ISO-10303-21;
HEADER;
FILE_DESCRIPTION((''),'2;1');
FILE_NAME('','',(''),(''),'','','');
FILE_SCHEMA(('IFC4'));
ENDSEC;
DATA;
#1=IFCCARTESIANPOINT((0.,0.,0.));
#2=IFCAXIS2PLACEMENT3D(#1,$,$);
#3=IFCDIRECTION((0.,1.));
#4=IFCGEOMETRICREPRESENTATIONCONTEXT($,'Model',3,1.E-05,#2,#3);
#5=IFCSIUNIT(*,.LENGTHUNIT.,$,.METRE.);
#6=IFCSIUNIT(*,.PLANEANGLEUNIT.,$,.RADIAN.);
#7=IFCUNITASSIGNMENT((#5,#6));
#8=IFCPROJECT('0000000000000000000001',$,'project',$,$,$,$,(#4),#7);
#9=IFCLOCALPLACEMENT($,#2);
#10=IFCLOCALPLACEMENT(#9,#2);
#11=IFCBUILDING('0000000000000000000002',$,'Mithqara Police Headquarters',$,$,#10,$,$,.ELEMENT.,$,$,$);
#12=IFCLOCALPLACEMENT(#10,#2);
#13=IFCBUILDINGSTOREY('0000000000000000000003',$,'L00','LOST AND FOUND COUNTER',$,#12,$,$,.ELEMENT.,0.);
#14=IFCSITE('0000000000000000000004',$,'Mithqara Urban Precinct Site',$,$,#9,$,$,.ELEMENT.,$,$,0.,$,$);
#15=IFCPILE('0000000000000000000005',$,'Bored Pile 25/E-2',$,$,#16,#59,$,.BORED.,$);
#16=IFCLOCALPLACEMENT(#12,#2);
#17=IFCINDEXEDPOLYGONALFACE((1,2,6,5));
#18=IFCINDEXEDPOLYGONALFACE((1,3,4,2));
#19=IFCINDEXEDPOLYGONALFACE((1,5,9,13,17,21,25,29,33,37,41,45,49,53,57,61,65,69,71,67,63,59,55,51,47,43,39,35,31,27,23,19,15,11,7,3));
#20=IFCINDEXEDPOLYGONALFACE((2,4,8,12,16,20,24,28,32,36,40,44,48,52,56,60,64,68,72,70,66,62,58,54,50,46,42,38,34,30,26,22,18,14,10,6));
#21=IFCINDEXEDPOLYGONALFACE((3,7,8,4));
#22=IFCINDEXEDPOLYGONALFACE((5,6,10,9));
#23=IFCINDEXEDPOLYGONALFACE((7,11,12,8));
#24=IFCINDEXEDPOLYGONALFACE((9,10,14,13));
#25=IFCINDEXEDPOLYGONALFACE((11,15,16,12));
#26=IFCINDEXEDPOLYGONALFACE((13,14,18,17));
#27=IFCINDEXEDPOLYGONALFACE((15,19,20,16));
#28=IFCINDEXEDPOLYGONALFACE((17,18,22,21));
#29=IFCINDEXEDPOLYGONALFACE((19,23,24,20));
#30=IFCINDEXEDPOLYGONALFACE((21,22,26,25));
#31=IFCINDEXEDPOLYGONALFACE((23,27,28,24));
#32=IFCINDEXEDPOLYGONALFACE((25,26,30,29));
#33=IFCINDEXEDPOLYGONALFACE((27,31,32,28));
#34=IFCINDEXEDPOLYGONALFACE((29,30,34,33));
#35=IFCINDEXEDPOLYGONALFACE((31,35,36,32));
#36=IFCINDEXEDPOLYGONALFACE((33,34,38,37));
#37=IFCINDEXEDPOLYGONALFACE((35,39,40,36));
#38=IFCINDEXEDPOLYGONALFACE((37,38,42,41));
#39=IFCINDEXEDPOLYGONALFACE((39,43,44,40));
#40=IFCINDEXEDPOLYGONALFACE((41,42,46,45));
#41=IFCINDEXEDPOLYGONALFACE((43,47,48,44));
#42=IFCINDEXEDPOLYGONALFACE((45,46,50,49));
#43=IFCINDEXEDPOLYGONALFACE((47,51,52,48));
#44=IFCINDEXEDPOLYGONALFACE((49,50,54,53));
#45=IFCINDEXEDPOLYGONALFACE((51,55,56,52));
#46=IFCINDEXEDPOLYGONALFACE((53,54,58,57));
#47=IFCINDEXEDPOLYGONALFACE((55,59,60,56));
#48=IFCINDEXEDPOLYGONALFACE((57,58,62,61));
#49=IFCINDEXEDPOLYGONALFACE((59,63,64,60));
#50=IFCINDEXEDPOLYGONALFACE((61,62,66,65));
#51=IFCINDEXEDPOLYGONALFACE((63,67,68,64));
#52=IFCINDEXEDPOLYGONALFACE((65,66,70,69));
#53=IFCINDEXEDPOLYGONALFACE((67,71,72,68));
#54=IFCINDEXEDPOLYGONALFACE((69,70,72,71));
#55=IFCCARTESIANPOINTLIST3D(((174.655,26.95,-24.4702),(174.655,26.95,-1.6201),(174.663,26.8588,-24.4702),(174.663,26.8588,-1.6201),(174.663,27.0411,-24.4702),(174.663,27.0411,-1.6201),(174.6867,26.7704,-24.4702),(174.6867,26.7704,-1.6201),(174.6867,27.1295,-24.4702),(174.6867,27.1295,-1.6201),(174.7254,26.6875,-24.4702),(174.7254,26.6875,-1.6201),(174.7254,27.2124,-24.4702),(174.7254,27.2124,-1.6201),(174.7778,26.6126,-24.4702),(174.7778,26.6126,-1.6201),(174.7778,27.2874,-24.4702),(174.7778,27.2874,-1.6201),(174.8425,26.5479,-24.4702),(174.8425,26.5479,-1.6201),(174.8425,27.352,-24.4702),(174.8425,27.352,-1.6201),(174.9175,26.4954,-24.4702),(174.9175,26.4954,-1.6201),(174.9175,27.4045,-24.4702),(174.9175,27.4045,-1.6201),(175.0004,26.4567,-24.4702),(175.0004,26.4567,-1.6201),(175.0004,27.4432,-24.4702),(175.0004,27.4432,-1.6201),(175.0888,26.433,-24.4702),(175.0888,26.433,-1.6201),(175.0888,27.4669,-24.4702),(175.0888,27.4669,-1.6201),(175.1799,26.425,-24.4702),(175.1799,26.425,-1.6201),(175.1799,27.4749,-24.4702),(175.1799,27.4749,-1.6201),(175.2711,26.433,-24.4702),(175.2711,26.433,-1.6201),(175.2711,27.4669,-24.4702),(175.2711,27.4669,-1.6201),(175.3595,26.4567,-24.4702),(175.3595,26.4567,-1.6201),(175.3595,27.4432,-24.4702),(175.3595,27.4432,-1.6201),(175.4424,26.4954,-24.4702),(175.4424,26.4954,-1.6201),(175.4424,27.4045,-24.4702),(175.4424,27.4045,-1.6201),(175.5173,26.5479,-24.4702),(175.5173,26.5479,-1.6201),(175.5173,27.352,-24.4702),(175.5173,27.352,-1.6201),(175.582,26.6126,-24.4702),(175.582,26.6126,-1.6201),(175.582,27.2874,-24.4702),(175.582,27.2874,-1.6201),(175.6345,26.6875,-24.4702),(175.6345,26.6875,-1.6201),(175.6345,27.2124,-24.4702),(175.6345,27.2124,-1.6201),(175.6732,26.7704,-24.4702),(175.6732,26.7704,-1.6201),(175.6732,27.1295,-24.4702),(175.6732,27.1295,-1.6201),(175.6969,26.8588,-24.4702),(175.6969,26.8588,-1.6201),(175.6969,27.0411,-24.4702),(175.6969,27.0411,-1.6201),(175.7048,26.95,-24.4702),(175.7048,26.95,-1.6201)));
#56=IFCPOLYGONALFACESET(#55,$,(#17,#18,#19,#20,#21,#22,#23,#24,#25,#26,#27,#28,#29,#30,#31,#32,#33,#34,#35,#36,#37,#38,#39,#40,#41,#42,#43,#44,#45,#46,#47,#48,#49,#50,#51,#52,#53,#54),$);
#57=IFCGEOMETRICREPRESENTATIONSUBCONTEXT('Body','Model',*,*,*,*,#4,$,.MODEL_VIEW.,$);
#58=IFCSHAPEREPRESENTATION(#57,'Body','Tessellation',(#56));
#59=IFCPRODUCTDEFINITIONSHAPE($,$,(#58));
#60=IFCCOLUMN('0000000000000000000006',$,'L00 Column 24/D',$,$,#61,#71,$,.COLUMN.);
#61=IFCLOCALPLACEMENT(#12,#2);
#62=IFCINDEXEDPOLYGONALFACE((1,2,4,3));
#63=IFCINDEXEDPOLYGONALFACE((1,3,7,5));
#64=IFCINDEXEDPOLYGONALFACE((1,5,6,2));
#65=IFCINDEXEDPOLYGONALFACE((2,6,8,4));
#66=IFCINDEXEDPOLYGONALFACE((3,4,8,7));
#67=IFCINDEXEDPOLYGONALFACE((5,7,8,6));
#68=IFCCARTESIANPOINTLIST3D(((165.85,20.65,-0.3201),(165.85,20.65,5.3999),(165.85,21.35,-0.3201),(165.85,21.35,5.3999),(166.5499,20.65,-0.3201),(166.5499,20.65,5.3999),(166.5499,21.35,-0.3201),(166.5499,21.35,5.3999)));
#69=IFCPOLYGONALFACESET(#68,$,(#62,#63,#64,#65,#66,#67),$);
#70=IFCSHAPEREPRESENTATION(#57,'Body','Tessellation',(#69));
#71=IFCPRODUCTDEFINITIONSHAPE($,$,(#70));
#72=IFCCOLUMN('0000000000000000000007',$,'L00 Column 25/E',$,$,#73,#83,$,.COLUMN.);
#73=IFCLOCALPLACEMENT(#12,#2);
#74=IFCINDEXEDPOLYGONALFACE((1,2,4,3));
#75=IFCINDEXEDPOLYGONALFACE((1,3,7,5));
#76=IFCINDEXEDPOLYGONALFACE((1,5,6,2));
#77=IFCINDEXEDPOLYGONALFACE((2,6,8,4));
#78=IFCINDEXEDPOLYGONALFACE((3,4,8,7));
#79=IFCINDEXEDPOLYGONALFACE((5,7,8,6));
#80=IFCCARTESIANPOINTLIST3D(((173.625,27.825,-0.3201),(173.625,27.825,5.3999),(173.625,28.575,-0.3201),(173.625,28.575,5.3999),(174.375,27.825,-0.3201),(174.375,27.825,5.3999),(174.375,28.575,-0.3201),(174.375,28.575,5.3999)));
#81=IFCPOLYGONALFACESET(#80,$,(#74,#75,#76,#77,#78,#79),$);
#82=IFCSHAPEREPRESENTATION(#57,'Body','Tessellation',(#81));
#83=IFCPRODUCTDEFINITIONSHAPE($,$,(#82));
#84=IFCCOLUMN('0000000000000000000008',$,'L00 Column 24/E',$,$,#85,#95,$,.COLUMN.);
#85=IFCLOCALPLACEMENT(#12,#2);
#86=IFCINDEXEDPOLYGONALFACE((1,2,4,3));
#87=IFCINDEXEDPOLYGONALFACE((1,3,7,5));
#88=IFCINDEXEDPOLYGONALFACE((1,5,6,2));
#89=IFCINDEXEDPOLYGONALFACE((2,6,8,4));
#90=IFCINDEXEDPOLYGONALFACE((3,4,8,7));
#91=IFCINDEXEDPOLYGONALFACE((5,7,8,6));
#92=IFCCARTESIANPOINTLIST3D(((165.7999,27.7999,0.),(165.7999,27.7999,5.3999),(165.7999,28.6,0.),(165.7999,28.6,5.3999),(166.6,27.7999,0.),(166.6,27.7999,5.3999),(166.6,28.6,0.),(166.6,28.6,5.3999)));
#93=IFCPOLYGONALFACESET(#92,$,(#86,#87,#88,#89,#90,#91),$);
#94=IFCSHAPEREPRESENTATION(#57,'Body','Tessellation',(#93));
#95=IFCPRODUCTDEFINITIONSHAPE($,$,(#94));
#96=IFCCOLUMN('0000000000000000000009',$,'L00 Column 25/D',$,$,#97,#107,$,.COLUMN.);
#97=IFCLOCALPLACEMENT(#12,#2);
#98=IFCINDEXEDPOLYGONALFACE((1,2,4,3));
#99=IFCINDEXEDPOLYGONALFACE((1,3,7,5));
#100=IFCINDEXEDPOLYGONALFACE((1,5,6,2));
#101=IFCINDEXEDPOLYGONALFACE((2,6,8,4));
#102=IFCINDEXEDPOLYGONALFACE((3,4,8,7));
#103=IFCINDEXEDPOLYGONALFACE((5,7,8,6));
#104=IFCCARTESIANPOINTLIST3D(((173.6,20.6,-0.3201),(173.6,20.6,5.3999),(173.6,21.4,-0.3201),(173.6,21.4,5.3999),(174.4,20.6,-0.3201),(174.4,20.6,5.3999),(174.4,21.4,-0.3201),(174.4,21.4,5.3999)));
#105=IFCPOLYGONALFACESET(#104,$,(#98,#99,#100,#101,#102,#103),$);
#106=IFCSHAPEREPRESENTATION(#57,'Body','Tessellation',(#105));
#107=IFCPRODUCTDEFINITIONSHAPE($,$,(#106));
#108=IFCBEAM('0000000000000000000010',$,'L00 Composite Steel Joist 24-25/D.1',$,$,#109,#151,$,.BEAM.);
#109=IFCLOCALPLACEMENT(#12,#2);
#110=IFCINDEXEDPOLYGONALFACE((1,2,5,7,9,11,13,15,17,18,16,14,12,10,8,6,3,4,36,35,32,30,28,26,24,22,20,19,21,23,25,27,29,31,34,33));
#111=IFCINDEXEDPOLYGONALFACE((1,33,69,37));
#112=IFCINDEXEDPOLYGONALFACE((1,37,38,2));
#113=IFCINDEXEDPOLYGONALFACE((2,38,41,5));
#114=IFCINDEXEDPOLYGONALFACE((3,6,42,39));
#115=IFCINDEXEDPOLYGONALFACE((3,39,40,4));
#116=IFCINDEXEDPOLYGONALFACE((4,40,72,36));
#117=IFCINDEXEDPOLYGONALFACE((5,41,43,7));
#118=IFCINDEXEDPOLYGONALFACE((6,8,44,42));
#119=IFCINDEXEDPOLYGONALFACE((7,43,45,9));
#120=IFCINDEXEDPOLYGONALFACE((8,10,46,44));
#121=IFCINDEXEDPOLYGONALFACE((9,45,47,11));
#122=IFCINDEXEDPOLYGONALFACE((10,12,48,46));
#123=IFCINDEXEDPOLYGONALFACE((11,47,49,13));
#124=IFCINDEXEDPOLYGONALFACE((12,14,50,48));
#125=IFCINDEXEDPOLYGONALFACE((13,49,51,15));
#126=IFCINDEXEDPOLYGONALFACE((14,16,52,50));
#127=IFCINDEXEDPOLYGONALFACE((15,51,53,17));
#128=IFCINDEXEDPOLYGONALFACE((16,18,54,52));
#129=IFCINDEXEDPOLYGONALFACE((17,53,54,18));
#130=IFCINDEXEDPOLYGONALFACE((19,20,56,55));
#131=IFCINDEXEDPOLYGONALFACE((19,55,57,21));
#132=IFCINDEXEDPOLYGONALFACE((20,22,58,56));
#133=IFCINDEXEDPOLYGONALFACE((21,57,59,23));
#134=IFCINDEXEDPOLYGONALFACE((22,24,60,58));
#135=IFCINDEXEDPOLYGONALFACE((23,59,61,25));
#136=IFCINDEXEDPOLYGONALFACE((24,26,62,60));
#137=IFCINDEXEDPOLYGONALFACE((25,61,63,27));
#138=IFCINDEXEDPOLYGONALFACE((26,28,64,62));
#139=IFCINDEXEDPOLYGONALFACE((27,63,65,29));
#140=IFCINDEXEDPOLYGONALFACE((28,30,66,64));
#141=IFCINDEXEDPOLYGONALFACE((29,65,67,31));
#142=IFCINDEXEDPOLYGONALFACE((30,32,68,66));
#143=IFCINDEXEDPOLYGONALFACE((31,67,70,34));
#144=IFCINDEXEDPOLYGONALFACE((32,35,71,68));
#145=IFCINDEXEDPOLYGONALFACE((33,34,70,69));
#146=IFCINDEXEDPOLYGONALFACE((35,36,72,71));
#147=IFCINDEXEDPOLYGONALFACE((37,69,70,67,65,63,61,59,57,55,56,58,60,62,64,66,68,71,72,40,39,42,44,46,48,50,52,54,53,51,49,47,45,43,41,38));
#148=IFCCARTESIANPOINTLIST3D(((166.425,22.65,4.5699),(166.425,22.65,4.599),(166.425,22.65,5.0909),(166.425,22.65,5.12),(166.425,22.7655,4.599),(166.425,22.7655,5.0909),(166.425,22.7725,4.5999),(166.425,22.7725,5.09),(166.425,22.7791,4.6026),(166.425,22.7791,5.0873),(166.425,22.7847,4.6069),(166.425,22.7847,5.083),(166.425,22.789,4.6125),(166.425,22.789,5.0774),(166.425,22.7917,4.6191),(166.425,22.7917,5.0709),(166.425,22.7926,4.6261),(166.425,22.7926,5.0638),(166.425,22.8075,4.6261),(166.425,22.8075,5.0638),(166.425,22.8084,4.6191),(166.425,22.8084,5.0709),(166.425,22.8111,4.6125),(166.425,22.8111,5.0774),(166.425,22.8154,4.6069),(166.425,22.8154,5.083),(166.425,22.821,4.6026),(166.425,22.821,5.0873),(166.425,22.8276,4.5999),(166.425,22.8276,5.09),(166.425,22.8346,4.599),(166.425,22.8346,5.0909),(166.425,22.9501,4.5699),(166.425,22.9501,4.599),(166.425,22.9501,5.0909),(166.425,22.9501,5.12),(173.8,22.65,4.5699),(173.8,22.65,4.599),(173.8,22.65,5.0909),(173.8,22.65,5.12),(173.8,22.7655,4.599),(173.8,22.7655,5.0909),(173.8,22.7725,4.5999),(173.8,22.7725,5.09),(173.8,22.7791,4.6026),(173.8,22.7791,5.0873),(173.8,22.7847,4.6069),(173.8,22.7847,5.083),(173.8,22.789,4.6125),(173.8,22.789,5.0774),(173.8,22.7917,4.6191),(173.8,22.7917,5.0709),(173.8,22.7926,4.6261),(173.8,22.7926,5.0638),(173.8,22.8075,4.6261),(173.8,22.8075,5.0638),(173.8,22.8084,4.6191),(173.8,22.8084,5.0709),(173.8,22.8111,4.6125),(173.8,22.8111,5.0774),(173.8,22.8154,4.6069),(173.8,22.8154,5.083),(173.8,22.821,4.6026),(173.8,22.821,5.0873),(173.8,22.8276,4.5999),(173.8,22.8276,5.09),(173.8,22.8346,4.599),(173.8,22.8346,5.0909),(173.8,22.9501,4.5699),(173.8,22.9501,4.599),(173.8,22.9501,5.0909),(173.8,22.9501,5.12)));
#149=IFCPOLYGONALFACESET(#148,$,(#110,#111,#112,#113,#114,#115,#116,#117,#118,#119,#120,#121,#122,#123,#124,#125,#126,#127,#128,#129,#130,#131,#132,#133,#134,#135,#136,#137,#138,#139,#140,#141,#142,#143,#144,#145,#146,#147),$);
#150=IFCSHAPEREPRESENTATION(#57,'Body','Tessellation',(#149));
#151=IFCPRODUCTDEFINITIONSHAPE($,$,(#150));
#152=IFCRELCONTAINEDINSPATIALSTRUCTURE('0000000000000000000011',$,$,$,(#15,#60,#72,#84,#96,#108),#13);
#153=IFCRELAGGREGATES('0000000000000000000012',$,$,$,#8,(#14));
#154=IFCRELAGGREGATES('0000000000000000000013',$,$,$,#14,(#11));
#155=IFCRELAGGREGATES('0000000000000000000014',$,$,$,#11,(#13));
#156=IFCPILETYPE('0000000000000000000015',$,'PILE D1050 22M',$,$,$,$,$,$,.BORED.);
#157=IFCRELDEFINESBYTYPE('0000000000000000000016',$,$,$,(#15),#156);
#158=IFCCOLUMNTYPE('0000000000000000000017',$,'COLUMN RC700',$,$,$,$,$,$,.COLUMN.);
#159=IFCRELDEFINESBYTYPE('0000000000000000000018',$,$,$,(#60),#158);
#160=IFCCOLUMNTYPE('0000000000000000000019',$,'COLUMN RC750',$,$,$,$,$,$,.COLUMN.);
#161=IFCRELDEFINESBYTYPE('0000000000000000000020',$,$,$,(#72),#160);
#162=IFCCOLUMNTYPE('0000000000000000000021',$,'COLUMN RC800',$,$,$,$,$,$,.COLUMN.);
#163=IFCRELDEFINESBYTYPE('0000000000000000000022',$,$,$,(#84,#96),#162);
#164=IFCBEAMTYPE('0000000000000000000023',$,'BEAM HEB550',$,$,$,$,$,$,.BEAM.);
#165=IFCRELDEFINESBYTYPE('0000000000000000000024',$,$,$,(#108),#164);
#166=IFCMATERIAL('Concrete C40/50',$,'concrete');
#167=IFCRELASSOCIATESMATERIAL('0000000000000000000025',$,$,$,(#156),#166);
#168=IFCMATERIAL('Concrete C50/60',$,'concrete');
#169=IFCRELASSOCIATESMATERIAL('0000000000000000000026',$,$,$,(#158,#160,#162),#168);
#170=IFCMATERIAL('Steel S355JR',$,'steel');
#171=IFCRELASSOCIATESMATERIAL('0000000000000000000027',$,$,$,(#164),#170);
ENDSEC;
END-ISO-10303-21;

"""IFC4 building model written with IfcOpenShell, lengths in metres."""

from ifc_helpers import new_model, si_unit, direction, frame, origin, origin_2d, place, context, subcontext, project, spatial, rectangle, circle, i_section, extrude, material, material_profile, profile_set, type_object, element, save


model = new_model("IFC4")

# Units and contexts
model_context = context("Model", 3, precision=1e-05, world=origin(), true_north=direction((0.0, 1.0)))
body_context = subcontext(model_context, "Body", "Model", "MODEL_VIEW")
ifc_project = project(units=[si_unit("LENGTHUNIT", "METRE"), si_unit("PLANEANGLEUNIT", "RADIAN")], contexts=[model_context])

# Site, building, storey
site_placement = place(None, origin())
site = spatial("IfcSite", under=ifc_project, at=site_placement, Name="Mithqara Urban Precinct Site", CompositionType="ELEMENT", RefElevation=0.0)
building_placement = place(site_placement, origin())
building = spatial("IfcBuilding", under=site, at=building_placement, Name="Mithqara Police Headquarters", CompositionType="ELEMENT")
storey_placement = place(building_placement, origin())
storey = spatial("IfcBuildingStorey", under=building, at=storey_placement, Name="L00", Description="LOST AND FOUND COUNTER", CompositionType="ELEMENT", Elevation=0.0)

# Shared definitions
ifc_material_1 = material(Name="Concrete C40/50", Category="concrete")

# Pile
ifc_material_profile_1 = material_profile(ifc_material_1, circle(Radius=0.5249, at=origin_2d()), Name="PILE D1050")
ifc_profile_set_1 = profile_set([ifc_material_profile_1], Name="Concrete C40/50")
pile_type = type_object("IfcPileType", Name="PILE D1050 22M", PredefinedType="BORED", material=ifc_profile_set_1)
for number, where, z_axis, x_axis, name in (
    (1, (175.1799, 26.95, -1.6201), (0.0, 0.0, -1.0), (1.0, 0.0, 0.0), "Bored Pile 25/E-2"),
):
    element("IfcPile", number, at=place(storey_placement, frame(where, z_axis=z_axis, x_axis=x_axis)), inside=storey, type_object=pile_type, Name=name, PredefinedType="BORED", context=body_context, shape_type="SweptSolid", body=[
        extrude(circle(Radius=0.5249, at=origin_2d()), origin(), (0.0, 0.0, 1.0), 22.8501),
    ])

# Columns
ifc_material_2 = material(Name="Concrete C50/60", Category="concrete")
ifc_material_profile_2 = material_profile(ifc_material_2, rectangle(XDim=0.7, YDim=0.7, at=origin_2d()), Name="RC 700x700")
ifc_profile_set_2 = profile_set([ifc_material_profile_2], Name="Concrete C50/60")
column_type_1 = type_object("IfcColumnType", Name="COLUMN RC700", PredefinedType="COLUMN", material=ifc_profile_set_2)
column_1_placement = place(storey_placement, frame((166.2, 21.0, -0.3201), z_axis=(0.0, 0.0, 1.0), x_axis=(1.0, 0.0, 0.0)))
element("IfcColumn", 2, at=column_1_placement, inside=storey, type_object=column_type_1, Name="L00 Column 24/D", PredefinedType="COLUMN", context=body_context, shape_type="SweptSolid", body=[
    extrude(rectangle(XDim=0.7, YDim=0.7, at=origin_2d()), origin(), (0.0, 0.0, 1.0), 5.72),
])
ifc_material_profile_3 = material_profile(ifc_material_2, rectangle(XDim=0.75, YDim=0.75, at=origin_2d()), Name="RC 750x750")
ifc_profile_set_3 = profile_set([ifc_material_profile_3], Name="Concrete C50/60")
column_type_2 = type_object("IfcColumnType", Name="COLUMN RC750", PredefinedType="COLUMN", material=ifc_profile_set_3)
column_2_placement = place(storey_placement, frame((174.0, 28.2, -0.3201), z_axis=(0.0, 0.0, 1.0), x_axis=(1.0, 0.0, 0.0)))
element("IfcColumn", 3, at=column_2_placement, inside=storey, type_object=column_type_2, Name="L00 Column 25/E", PredefinedType="COLUMN", context=body_context, shape_type="SweptSolid", body=[
    extrude(rectangle(XDim=0.75, YDim=0.75, at=origin_2d()), origin(), (0.0, 0.0, 1.0), 5.72),
])
ifc_material_profile_4 = material_profile(ifc_material_2, rectangle(XDim=0.8, YDim=0.8, at=origin_2d()), Name="RC 800x800")
ifc_profile_set_4 = profile_set([ifc_material_profile_4], Name="Concrete C50/60")
column_type_3 = type_object("IfcColumnType", Name="COLUMN RC800", PredefinedType="COLUMN", material=ifc_profile_set_4)
column_3_placement = place(storey_placement, frame((166.2, 28.2, 0.0), z_axis=(0.0, 0.0, 1.0), x_axis=(1.0, 0.0, 0.0)))
element("IfcColumn", 4, at=column_3_placement, inside=storey, type_object=column_type_3, Name="L00 Column 24/E", PredefinedType="COLUMN", context=body_context, shape_type="SweptSolid", body=[
    extrude(rectangle(XDim=0.8, YDim=0.8, at=origin_2d()), origin(), (0.0, 0.0, 1.0), 5.3999),
])
column_4_placement = place(storey_placement, frame((174.0, 21.0, -0.3201), z_axis=(0.0, 0.0, 1.0), x_axis=(1.0, 0.0, 0.0)))
element("IfcColumn", 5, at=column_4_placement, inside=storey, type_object=column_type_3, Name="L00 Column 25/D", PredefinedType="COLUMN", context=body_context, shape_type="SweptSolid", body=[
    extrude(rectangle(XDim=0.8, YDim=0.8, at=origin_2d()), origin(), (0.0, 0.0, 1.0), 5.72),
])

# Beam
ifc_material_3 = material(Name="Steel S355JR", Category="steel")
ifc_material_profile_5 = material_profile(ifc_material_3, i_section(OverallWidth=0.3, OverallDepth=0.55, WebThickness=0.0149, FlangeThickness=0.0291, FilletRadius=0.0271, at=origin_2d()), Name="HEB 550")
ifc_profile_set_5 = profile_set([ifc_material_profile_5], Name="Steel S355JR")
beam_type_1 = type_object("IfcBeamType", Name="BEAM HEB550", PredefinedType="BEAM", material=ifc_profile_set_5)
for number, where, z_axis, x_axis, name in (
    (6, (166.425, 22.8, 4.845), (1.0, 0.0, 0.0), (0.0, 1.0, 0.0), "L00 Composite Steel Joist 24-25/D.1"),
):
    element("IfcBeam", number, at=place(storey_placement, frame(where, z_axis=z_axis, x_axis=x_axis)), inside=storey, type_object=beam_type_1, Name=name, PredefinedType="BEAM", context=body_context, shape_type="SweptSolid", body=[
        extrude(i_section(OverallWidth=0.3, OverallDepth=0.55, WebThickness=0.0149, FlangeThickness=0.0291, FilletRadius=0.0271, at=origin_2d()), origin(), (0.0, 0.0, 1.0), 7.375),
    ])

save(model, "model.ifc")
